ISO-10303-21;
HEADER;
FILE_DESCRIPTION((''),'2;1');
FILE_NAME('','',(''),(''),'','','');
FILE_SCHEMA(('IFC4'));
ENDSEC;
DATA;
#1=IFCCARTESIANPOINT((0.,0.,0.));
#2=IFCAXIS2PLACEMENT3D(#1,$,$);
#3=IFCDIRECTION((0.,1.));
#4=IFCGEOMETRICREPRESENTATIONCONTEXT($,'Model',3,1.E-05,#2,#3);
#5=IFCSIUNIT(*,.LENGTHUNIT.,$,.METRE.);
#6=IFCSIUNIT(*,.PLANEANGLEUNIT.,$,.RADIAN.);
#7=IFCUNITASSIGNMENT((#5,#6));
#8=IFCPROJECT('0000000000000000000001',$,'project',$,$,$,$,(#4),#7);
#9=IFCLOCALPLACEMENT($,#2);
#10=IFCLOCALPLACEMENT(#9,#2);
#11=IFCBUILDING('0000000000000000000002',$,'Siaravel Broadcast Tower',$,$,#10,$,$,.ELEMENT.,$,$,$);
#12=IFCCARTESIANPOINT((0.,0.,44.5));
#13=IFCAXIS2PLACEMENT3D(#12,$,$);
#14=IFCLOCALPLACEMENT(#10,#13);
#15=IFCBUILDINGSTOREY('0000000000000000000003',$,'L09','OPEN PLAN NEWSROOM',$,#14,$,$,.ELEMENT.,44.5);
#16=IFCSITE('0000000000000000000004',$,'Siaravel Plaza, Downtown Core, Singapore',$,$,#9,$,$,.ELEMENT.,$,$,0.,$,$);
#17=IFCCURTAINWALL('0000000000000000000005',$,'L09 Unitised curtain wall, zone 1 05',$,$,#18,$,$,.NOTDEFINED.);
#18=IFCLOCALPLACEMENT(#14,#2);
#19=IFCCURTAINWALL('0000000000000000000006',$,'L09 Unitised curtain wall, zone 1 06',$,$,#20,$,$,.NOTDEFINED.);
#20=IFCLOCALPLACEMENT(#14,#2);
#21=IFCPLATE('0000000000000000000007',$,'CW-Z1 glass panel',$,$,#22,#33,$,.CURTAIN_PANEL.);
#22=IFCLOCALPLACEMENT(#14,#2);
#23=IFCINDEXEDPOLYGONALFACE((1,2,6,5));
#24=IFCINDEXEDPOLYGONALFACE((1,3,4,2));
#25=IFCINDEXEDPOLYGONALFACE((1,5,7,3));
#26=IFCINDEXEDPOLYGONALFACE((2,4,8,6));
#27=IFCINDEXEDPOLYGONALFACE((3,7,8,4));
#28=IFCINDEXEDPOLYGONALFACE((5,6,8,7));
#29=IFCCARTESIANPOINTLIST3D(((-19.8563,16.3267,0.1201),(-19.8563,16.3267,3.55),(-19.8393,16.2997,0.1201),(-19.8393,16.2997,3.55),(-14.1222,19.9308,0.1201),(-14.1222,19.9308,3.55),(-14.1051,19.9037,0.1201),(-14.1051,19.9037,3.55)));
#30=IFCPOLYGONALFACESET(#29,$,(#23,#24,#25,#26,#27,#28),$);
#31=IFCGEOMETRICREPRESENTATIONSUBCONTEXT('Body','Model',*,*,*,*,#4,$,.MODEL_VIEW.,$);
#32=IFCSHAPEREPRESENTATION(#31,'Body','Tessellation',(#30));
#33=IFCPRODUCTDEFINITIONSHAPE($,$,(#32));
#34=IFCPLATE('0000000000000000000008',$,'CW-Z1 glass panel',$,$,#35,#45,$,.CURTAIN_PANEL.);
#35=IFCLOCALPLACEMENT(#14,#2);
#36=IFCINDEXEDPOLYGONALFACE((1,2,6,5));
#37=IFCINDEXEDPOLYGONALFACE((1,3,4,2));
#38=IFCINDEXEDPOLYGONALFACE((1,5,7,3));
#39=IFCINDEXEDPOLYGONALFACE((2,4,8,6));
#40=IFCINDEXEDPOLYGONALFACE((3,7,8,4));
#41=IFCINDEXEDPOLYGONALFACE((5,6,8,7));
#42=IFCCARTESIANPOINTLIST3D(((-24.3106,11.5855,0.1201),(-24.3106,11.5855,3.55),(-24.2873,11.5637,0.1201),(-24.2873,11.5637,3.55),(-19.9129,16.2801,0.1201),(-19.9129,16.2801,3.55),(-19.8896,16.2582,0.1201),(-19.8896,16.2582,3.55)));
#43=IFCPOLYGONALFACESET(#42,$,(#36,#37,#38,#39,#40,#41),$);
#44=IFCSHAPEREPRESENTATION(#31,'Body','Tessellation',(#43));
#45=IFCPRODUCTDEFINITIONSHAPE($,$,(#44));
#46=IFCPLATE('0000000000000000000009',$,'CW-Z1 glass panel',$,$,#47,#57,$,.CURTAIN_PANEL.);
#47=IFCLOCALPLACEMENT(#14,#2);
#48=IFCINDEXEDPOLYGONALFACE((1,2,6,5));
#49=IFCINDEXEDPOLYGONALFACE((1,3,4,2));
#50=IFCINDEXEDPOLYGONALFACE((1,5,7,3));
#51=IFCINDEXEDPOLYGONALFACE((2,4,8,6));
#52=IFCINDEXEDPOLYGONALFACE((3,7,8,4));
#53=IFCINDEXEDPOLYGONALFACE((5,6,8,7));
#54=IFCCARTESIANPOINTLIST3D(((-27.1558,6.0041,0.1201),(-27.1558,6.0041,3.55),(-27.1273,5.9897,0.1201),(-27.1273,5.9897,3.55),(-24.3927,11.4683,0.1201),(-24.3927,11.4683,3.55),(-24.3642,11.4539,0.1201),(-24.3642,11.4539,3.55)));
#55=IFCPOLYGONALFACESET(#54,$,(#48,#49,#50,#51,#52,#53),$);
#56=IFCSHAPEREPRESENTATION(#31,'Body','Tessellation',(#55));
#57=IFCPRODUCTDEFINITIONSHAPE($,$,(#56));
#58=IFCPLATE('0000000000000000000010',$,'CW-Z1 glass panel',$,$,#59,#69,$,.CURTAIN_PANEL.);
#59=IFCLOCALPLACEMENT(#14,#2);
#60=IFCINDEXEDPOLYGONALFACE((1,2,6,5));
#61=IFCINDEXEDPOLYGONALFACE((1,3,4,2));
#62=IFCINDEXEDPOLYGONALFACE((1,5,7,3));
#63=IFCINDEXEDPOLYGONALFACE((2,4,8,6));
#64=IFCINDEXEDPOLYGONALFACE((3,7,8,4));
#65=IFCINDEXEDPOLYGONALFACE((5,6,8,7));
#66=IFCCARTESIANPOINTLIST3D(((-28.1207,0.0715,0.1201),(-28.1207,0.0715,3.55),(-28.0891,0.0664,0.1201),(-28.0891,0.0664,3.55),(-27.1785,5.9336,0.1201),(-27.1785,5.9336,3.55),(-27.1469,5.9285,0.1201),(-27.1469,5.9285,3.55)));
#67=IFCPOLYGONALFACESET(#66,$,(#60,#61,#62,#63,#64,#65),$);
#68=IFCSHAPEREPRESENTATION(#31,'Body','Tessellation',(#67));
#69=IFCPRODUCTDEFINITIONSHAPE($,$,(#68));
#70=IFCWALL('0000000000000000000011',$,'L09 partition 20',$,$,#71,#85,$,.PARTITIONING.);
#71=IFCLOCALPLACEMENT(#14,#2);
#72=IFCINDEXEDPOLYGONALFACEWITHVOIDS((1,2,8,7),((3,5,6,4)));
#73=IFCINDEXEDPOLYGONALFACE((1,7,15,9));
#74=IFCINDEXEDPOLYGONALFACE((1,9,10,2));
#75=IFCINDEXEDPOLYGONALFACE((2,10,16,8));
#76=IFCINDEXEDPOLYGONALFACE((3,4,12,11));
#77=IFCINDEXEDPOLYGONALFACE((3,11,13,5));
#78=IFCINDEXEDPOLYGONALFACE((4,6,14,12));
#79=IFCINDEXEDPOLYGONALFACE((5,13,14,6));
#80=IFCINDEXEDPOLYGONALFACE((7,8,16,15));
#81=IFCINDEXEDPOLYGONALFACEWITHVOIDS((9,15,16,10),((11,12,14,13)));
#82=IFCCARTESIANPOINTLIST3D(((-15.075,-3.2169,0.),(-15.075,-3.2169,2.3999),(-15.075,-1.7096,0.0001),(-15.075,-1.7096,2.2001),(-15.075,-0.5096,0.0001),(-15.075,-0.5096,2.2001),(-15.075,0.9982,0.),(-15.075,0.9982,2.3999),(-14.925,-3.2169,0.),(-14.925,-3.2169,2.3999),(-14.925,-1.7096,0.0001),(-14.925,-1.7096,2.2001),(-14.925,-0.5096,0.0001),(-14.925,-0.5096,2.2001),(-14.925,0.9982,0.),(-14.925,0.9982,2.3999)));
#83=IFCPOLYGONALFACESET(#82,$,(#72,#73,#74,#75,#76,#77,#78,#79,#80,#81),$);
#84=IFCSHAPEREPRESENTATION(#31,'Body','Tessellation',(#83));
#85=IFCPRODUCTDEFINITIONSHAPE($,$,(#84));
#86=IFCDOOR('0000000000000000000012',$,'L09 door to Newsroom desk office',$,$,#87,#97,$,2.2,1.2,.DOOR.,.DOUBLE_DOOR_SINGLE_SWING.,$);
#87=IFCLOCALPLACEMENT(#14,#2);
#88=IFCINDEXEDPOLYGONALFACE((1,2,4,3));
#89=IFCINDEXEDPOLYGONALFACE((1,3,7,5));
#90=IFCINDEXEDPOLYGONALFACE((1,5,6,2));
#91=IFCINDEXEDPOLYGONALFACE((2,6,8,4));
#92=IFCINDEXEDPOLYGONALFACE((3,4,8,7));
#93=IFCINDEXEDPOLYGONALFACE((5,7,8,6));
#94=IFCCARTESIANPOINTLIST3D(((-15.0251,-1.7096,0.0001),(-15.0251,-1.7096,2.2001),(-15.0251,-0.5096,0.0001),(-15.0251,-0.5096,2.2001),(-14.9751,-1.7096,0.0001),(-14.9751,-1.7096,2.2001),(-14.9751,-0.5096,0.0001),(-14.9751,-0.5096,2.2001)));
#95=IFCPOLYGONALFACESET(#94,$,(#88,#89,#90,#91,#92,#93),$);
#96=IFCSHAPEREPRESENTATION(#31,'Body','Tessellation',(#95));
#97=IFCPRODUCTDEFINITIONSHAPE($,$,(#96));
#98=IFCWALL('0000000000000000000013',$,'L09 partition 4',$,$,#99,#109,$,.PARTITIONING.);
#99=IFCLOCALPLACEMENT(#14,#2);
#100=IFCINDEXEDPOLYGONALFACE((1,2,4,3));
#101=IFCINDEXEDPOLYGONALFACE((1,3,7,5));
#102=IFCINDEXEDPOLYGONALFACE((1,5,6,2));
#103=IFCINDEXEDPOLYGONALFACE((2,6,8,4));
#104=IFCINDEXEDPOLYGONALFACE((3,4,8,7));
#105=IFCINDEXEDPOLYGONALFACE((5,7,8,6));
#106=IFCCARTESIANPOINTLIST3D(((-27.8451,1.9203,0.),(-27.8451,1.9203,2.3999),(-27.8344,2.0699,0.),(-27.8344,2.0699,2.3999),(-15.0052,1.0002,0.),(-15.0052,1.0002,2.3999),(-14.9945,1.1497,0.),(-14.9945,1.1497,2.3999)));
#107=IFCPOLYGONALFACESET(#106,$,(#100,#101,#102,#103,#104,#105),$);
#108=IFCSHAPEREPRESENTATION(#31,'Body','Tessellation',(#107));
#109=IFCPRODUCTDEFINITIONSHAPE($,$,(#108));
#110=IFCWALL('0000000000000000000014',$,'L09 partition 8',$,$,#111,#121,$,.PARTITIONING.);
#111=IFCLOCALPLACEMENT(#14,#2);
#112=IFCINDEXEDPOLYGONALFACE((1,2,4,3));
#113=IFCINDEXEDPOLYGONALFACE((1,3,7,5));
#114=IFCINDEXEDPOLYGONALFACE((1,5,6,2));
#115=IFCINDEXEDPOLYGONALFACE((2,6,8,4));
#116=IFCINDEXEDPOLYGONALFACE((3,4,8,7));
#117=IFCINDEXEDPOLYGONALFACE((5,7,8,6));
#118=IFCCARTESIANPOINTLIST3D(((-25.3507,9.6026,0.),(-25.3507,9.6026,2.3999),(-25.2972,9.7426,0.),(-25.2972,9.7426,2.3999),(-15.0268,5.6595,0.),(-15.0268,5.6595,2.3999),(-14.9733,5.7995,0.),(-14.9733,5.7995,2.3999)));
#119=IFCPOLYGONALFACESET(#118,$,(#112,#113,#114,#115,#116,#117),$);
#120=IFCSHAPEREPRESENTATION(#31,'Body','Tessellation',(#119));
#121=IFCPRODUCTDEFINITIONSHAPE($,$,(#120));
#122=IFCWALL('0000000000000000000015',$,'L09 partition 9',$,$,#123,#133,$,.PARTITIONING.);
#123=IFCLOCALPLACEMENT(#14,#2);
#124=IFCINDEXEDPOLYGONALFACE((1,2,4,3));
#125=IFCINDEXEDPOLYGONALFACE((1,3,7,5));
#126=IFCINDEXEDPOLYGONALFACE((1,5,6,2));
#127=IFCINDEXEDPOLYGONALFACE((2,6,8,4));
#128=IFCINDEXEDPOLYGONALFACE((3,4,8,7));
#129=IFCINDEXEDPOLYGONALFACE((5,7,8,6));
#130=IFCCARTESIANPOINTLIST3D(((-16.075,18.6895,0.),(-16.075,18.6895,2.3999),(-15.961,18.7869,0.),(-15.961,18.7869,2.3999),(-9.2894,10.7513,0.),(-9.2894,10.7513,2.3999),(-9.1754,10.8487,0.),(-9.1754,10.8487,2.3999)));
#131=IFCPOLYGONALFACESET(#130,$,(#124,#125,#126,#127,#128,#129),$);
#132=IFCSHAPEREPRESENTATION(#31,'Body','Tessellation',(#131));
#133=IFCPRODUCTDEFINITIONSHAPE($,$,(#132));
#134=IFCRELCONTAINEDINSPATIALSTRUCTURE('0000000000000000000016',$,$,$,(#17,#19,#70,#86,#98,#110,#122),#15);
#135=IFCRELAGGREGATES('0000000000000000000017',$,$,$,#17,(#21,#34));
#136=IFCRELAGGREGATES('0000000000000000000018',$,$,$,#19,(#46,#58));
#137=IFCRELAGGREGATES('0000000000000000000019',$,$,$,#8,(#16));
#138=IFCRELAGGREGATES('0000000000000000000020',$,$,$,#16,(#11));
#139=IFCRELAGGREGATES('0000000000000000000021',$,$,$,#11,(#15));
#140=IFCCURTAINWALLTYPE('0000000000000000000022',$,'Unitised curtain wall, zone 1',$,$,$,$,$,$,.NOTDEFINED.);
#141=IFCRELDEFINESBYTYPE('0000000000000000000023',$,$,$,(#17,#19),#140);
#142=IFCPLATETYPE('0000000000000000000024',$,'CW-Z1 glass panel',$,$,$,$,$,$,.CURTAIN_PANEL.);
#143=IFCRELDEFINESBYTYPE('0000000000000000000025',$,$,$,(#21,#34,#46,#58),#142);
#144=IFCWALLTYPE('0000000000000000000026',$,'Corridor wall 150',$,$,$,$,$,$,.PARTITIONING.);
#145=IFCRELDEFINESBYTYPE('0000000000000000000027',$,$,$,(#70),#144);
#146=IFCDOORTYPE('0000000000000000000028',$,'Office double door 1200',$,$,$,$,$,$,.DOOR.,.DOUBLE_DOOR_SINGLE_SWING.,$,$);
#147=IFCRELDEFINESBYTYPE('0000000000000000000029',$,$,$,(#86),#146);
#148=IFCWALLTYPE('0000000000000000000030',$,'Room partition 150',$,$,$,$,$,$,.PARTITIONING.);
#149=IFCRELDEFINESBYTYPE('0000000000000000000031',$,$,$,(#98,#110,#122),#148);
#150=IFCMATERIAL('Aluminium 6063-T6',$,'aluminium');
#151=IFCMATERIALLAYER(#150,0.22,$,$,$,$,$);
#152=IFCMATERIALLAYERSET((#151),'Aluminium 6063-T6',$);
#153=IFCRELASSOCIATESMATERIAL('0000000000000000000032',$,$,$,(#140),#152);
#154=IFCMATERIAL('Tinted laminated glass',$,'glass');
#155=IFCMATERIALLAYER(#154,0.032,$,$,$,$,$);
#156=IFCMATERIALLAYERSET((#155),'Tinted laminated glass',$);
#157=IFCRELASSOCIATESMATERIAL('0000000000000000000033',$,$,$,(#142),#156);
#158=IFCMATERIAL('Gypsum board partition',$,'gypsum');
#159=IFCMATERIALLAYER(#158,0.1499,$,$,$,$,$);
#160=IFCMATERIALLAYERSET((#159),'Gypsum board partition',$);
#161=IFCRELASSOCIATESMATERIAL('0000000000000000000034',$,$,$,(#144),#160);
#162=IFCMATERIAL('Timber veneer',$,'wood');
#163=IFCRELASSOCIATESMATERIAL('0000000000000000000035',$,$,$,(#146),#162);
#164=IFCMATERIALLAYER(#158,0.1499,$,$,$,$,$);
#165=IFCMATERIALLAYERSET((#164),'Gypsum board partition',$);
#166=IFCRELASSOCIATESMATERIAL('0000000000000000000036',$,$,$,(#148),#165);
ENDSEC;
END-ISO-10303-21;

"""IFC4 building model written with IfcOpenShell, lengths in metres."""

from ifc_helpers import new_model, si_unit, direction, frame, frame_2d, origin, origin_2d, place, context, subcontext, project, spatial, rectangle, extrude, material, layer, layer_set, type_object, element, fill, aggregate, save


model = new_model("IFC4")

# Units and contexts
model_context = context("Model", 3, precision=1e-05, world=origin(), true_north=direction((0.0, 1.0)))
body_context = subcontext(model_context, "Body", "Model", "MODEL_VIEW")
ifc_project = project(units=[si_unit("LENGTHUNIT", "METRE"), si_unit("PLANEANGLEUNIT", "RADIAN")], contexts=[model_context])

# Site, building, storey
site_placement = place(None, origin())
site = spatial("IfcSite", under=ifc_project, at=site_placement, Name="Siaravel Plaza, Downtown Core, Singapore", CompositionType="ELEMENT", RefElevation=0.0)
building_placement = place(site_placement, origin())
building = spatial("IfcBuilding", under=site, at=building_placement, Name="Siaravel Broadcast Tower", CompositionType="ELEMENT")
storey_placement = place(building_placement, frame((0.0, 0.0, 44.5)))
storey = spatial("IfcBuildingStorey", under=building, at=storey_placement, Name="L09", Description="OPEN PLAN NEWSROOM", CompositionType="ELEMENT", Elevation=44.5)

# Curtain walls
ifc_material_1 = material(Name="Aluminium 6063-T6", Category="aluminium")
ifc_layer_1 = layer(ifc_material_1, 0.22)
ifc_layer_set_1 = layer_set([ifc_layer_1], Name="Aluminium 6063-T6")
curtain_wall_type = type_object("IfcCurtainWallType", Name="Unitised curtain wall, zone 1", PredefinedType="NOTDEFINED", material=ifc_layer_set_1)
curtain_wall_1_placement = place(storey_placement, origin())
curtain_wall_1 = element("IfcCurtainWall", 1, at=curtain_wall_1_placement, inside=storey, type_object=curtain_wall_type, Name="L09 Unitised curtain wall, zone 1 05", PredefinedType="NOTDEFINED")
curtain_wall_2_placement = place(storey_placement, origin())
curtain_wall_2 = element("IfcCurtainWall", 2, at=curtain_wall_2_placement, inside=storey, type_object=curtain_wall_type, Name="L09 Unitised curtain wall, zone 1 06", PredefinedType="NOTDEFINED")

# Plates
ifc_material_2 = material(Name="Tinted laminated glass", Category="glass")
ifc_layer_2 = layer(ifc_material_2, 0.032)
ifc_layer_set_2 = layer_set([ifc_layer_2], Name="Tinted laminated glass")
plate_type = type_object("IfcPlateType", Name="CW-Z1 glass panel", PredefinedType="CURTAIN_PANEL", material=ifc_layer_set_2)
plate_1_placement = place(storey_placement, frame((-16.9807, 18.1152, 0.1201), z_axis=(0.0, 0.0, 1.0), x_axis=(-0.846651, -0.532149, 0.0)))
plate_1 = element("IfcPlate", 3, at=plate_1_placement, type_object=plate_type, Name="CW-Z1 glass panel", PredefinedType="CURTAIN_PANEL", context=body_context, shape_type="SweptSolid", body=[
    extrude(rectangle(XDim=6.7727, YDim=0.032, at=origin_2d()), origin(), (0.0, 0.0, 1.0), 3.4299),
])
plate_2_placement = place(storey_placement, frame((-22.1001, 13.9219, 0.1201), z_axis=(0.0, 0.0, 1.0), x_axis=(-0.683655, -0.729805, 0.0)))
plate_2 = element("IfcPlate", 4, at=plate_2_placement, type_object=plate_type, Name="CW-Z1 glass panel", PredefinedType="CURTAIN_PANEL", context=body_context, shape_type="SweptSolid", body=[
    extrude(rectangle(XDim=6.4326, YDim=0.032, at=origin_2d()), origin(), (0.0, 0.0, 1.0), 3.4299),
])
aggregate(curtain_wall_1, [plate_1, plate_2])
plate_3_placement = place(storey_placement, frame((-25.76, 8.729, 0.1201), z_axis=(0.0, 0.0, 1.0), x_axis=(-0.451261, -0.892392, 0.0)))
plate_3 = element("IfcPlate", 5, at=plate_3_placement, type_object=plate_type, Name="CW-Z1 glass panel", PredefinedType="CURTAIN_PANEL", context=body_context, shape_type="SweptSolid", body=[
    extrude(rectangle(XDim=6.123, YDim=0.032, at=origin_2d()), origin(), (0.0, 0.0, 1.0), 3.4299),
])
plate_4_placement = place(storey_placement, frame((-27.6338, 3.0, 0.1201), z_axis=(0.0, 0.0, 1.0), x_axis=(-0.158686, -0.987329, 0.0)))
plate_4 = element("IfcPlate", 6, at=plate_4_placement, type_object=plate_type, Name="CW-Z1 glass panel", PredefinedType="CURTAIN_PANEL", context=body_context, shape_type="SweptSolid", body=[
    extrude(rectangle(XDim=5.9373, YDim=0.032, at=origin_2d()), origin(), (0.0, 0.0, 1.0), 3.4299),
])
aggregate(curtain_wall_2, [plate_3, plate_4])

# Wall, opening, door
ifc_material_3 = material(Name="Gypsum board partition", Category="gypsum")
ifc_layer_3 = layer(ifc_material_3, 0.1499)
ifc_layer_set_3 = layer_set([ifc_layer_3], Name="Gypsum board partition")
wall_type_1 = type_object("IfcWallType", Name="Corridor wall 150", PredefinedType="PARTITIONING", material=ifc_layer_set_3)
wall_1_placement = place(storey_placement, frame((-15.0, 0.998, 0.0), z_axis=(0.0, 0.0, 1.0), x_axis=(0.0, -1.0, 0.0)))
wall_1 = element("IfcWall", 7, at=wall_1_placement, inside=storey, type_object=wall_type_1, Name="L09 partition 20", PredefinedType="PARTITIONING", context=body_context, shape_type="SweptSolid", body=[
    extrude(rectangle(XDim=4.2151, YDim=0.1499, at=frame_2d((2.1074, 0.0))), origin(), (0.0, 0.0, 1.0), 2.3999),
])
opening_placement = place(wall_1_placement, frame((1.5076, 0.0, 0.0)))
opening = element("IfcOpeningElement", 8, at=opening_placement, cuts=wall_1, PredefinedType="OPENING", context=body_context, shape_type="SweptSolid", body=[
    extrude(rectangle(XDim=1.2, YDim=2.2, at=frame_2d((0.6001, 1.1001))), frame((0.0, 0.085, 0.0), z_axis=(0.0, -1.0, 0.0), x_axis=(1.0, 0.0, 0.0)), (0.0, 0.0, 1.0), 0.1699),
])
ifc_material_4 = material(Name="Timber veneer", Category="wood")
door_type = type_object("IfcDoorType", Name="Office double door 1200", OperationType="DOUBLE_DOOR_SINGLE_SWING", PredefinedType="DOOR", material=ifc_material_4)
door_placement = place(opening_placement, origin())
door = element("IfcDoor", 9, at=door_placement, inside=storey, type_object=door_type, Name="L09 door to Newsroom desk office", OperationType="DOUBLE_DOOR_SINGLE_SWING", OverallHeight=2.2, OverallWidth=1.2, PredefinedType="DOOR", context=body_context, shape_type="SweptSolid", body=[
    extrude(rectangle(XDim=1.2, YDim=2.2, at=frame_2d((0.6001, 1.1001))), frame((0.0, 0.0249, 0.0), z_axis=(0.0, -1.0, 0.0), x_axis=(1.0, 0.0, 0.0)), (0.0, 0.0, 1.0), 0.05),
])
fill(opening, door)

# Walls
ifc_layer_4 = layer(ifc_material_3, 0.1499)
ifc_layer_set_4 = layer_set([ifc_layer_4], Name="Gypsum board partition")
wall_type_2 = type_object("IfcWallType", Name="Room partition 150", PredefinedType="PARTITIONING", material=ifc_layer_set_4)
wall_2_placement = place(storey_placement, frame((-27.8398, 1.9951, 0.0), z_axis=(0.0, 0.0, 1.0), x_axis=(0.997442, -0.071482, 0.0)))
element("IfcWall", 10, at=wall_2_placement, inside=storey, type_object=wall_type_2, Name="L09 partition 4", PredefinedType="PARTITIONING", context=body_context, shape_type="SweptSolid", body=[
    extrude(rectangle(XDim=12.8728, YDim=0.1499, at=frame_2d((6.4365, 0.0))), origin(), (0.0, 0.0, 1.0), 2.3999),
])
wall_3_placement = place(storey_placement, frame((-25.324, 9.6726, 0.0), z_axis=(0.0, 0.0, 1.0), x_axis=(0.934181, -0.356799, 0.0)))
element("IfcWall", 11, at=wall_3_placement, inside=storey, type_object=wall_type_2, Name="L09 partition 8", PredefinedType="PARTITIONING", context=body_context, shape_type="SweptSolid", body=[
    extrude(rectangle(XDim=11.0513, YDim=0.1499, at=frame_2d((5.5256, 0.0))), origin(), (0.0, 0.0, 1.0), 2.3999),
])
wall_4_placement = place(storey_placement, frame((-16.0181, 18.7383, 0.0), z_axis=(0.0, 0.0, 1.0), x_axis=(0.649767, -0.760134, 0.0)))
element("IfcWall", 12, at=wall_4_placement, inside=storey, type_object=wall_type_2, Name="L09 partition 9", PredefinedType="PARTITIONING", context=body_context, shape_type="SweptSolid", body=[
    extrude(rectangle(XDim=10.4431, YDim=0.1499, at=frame_2d((5.2217, 0.0))), origin(), (0.0, 0.0, 1.0), 2.3999),
])

save(model, "model.ifc")
